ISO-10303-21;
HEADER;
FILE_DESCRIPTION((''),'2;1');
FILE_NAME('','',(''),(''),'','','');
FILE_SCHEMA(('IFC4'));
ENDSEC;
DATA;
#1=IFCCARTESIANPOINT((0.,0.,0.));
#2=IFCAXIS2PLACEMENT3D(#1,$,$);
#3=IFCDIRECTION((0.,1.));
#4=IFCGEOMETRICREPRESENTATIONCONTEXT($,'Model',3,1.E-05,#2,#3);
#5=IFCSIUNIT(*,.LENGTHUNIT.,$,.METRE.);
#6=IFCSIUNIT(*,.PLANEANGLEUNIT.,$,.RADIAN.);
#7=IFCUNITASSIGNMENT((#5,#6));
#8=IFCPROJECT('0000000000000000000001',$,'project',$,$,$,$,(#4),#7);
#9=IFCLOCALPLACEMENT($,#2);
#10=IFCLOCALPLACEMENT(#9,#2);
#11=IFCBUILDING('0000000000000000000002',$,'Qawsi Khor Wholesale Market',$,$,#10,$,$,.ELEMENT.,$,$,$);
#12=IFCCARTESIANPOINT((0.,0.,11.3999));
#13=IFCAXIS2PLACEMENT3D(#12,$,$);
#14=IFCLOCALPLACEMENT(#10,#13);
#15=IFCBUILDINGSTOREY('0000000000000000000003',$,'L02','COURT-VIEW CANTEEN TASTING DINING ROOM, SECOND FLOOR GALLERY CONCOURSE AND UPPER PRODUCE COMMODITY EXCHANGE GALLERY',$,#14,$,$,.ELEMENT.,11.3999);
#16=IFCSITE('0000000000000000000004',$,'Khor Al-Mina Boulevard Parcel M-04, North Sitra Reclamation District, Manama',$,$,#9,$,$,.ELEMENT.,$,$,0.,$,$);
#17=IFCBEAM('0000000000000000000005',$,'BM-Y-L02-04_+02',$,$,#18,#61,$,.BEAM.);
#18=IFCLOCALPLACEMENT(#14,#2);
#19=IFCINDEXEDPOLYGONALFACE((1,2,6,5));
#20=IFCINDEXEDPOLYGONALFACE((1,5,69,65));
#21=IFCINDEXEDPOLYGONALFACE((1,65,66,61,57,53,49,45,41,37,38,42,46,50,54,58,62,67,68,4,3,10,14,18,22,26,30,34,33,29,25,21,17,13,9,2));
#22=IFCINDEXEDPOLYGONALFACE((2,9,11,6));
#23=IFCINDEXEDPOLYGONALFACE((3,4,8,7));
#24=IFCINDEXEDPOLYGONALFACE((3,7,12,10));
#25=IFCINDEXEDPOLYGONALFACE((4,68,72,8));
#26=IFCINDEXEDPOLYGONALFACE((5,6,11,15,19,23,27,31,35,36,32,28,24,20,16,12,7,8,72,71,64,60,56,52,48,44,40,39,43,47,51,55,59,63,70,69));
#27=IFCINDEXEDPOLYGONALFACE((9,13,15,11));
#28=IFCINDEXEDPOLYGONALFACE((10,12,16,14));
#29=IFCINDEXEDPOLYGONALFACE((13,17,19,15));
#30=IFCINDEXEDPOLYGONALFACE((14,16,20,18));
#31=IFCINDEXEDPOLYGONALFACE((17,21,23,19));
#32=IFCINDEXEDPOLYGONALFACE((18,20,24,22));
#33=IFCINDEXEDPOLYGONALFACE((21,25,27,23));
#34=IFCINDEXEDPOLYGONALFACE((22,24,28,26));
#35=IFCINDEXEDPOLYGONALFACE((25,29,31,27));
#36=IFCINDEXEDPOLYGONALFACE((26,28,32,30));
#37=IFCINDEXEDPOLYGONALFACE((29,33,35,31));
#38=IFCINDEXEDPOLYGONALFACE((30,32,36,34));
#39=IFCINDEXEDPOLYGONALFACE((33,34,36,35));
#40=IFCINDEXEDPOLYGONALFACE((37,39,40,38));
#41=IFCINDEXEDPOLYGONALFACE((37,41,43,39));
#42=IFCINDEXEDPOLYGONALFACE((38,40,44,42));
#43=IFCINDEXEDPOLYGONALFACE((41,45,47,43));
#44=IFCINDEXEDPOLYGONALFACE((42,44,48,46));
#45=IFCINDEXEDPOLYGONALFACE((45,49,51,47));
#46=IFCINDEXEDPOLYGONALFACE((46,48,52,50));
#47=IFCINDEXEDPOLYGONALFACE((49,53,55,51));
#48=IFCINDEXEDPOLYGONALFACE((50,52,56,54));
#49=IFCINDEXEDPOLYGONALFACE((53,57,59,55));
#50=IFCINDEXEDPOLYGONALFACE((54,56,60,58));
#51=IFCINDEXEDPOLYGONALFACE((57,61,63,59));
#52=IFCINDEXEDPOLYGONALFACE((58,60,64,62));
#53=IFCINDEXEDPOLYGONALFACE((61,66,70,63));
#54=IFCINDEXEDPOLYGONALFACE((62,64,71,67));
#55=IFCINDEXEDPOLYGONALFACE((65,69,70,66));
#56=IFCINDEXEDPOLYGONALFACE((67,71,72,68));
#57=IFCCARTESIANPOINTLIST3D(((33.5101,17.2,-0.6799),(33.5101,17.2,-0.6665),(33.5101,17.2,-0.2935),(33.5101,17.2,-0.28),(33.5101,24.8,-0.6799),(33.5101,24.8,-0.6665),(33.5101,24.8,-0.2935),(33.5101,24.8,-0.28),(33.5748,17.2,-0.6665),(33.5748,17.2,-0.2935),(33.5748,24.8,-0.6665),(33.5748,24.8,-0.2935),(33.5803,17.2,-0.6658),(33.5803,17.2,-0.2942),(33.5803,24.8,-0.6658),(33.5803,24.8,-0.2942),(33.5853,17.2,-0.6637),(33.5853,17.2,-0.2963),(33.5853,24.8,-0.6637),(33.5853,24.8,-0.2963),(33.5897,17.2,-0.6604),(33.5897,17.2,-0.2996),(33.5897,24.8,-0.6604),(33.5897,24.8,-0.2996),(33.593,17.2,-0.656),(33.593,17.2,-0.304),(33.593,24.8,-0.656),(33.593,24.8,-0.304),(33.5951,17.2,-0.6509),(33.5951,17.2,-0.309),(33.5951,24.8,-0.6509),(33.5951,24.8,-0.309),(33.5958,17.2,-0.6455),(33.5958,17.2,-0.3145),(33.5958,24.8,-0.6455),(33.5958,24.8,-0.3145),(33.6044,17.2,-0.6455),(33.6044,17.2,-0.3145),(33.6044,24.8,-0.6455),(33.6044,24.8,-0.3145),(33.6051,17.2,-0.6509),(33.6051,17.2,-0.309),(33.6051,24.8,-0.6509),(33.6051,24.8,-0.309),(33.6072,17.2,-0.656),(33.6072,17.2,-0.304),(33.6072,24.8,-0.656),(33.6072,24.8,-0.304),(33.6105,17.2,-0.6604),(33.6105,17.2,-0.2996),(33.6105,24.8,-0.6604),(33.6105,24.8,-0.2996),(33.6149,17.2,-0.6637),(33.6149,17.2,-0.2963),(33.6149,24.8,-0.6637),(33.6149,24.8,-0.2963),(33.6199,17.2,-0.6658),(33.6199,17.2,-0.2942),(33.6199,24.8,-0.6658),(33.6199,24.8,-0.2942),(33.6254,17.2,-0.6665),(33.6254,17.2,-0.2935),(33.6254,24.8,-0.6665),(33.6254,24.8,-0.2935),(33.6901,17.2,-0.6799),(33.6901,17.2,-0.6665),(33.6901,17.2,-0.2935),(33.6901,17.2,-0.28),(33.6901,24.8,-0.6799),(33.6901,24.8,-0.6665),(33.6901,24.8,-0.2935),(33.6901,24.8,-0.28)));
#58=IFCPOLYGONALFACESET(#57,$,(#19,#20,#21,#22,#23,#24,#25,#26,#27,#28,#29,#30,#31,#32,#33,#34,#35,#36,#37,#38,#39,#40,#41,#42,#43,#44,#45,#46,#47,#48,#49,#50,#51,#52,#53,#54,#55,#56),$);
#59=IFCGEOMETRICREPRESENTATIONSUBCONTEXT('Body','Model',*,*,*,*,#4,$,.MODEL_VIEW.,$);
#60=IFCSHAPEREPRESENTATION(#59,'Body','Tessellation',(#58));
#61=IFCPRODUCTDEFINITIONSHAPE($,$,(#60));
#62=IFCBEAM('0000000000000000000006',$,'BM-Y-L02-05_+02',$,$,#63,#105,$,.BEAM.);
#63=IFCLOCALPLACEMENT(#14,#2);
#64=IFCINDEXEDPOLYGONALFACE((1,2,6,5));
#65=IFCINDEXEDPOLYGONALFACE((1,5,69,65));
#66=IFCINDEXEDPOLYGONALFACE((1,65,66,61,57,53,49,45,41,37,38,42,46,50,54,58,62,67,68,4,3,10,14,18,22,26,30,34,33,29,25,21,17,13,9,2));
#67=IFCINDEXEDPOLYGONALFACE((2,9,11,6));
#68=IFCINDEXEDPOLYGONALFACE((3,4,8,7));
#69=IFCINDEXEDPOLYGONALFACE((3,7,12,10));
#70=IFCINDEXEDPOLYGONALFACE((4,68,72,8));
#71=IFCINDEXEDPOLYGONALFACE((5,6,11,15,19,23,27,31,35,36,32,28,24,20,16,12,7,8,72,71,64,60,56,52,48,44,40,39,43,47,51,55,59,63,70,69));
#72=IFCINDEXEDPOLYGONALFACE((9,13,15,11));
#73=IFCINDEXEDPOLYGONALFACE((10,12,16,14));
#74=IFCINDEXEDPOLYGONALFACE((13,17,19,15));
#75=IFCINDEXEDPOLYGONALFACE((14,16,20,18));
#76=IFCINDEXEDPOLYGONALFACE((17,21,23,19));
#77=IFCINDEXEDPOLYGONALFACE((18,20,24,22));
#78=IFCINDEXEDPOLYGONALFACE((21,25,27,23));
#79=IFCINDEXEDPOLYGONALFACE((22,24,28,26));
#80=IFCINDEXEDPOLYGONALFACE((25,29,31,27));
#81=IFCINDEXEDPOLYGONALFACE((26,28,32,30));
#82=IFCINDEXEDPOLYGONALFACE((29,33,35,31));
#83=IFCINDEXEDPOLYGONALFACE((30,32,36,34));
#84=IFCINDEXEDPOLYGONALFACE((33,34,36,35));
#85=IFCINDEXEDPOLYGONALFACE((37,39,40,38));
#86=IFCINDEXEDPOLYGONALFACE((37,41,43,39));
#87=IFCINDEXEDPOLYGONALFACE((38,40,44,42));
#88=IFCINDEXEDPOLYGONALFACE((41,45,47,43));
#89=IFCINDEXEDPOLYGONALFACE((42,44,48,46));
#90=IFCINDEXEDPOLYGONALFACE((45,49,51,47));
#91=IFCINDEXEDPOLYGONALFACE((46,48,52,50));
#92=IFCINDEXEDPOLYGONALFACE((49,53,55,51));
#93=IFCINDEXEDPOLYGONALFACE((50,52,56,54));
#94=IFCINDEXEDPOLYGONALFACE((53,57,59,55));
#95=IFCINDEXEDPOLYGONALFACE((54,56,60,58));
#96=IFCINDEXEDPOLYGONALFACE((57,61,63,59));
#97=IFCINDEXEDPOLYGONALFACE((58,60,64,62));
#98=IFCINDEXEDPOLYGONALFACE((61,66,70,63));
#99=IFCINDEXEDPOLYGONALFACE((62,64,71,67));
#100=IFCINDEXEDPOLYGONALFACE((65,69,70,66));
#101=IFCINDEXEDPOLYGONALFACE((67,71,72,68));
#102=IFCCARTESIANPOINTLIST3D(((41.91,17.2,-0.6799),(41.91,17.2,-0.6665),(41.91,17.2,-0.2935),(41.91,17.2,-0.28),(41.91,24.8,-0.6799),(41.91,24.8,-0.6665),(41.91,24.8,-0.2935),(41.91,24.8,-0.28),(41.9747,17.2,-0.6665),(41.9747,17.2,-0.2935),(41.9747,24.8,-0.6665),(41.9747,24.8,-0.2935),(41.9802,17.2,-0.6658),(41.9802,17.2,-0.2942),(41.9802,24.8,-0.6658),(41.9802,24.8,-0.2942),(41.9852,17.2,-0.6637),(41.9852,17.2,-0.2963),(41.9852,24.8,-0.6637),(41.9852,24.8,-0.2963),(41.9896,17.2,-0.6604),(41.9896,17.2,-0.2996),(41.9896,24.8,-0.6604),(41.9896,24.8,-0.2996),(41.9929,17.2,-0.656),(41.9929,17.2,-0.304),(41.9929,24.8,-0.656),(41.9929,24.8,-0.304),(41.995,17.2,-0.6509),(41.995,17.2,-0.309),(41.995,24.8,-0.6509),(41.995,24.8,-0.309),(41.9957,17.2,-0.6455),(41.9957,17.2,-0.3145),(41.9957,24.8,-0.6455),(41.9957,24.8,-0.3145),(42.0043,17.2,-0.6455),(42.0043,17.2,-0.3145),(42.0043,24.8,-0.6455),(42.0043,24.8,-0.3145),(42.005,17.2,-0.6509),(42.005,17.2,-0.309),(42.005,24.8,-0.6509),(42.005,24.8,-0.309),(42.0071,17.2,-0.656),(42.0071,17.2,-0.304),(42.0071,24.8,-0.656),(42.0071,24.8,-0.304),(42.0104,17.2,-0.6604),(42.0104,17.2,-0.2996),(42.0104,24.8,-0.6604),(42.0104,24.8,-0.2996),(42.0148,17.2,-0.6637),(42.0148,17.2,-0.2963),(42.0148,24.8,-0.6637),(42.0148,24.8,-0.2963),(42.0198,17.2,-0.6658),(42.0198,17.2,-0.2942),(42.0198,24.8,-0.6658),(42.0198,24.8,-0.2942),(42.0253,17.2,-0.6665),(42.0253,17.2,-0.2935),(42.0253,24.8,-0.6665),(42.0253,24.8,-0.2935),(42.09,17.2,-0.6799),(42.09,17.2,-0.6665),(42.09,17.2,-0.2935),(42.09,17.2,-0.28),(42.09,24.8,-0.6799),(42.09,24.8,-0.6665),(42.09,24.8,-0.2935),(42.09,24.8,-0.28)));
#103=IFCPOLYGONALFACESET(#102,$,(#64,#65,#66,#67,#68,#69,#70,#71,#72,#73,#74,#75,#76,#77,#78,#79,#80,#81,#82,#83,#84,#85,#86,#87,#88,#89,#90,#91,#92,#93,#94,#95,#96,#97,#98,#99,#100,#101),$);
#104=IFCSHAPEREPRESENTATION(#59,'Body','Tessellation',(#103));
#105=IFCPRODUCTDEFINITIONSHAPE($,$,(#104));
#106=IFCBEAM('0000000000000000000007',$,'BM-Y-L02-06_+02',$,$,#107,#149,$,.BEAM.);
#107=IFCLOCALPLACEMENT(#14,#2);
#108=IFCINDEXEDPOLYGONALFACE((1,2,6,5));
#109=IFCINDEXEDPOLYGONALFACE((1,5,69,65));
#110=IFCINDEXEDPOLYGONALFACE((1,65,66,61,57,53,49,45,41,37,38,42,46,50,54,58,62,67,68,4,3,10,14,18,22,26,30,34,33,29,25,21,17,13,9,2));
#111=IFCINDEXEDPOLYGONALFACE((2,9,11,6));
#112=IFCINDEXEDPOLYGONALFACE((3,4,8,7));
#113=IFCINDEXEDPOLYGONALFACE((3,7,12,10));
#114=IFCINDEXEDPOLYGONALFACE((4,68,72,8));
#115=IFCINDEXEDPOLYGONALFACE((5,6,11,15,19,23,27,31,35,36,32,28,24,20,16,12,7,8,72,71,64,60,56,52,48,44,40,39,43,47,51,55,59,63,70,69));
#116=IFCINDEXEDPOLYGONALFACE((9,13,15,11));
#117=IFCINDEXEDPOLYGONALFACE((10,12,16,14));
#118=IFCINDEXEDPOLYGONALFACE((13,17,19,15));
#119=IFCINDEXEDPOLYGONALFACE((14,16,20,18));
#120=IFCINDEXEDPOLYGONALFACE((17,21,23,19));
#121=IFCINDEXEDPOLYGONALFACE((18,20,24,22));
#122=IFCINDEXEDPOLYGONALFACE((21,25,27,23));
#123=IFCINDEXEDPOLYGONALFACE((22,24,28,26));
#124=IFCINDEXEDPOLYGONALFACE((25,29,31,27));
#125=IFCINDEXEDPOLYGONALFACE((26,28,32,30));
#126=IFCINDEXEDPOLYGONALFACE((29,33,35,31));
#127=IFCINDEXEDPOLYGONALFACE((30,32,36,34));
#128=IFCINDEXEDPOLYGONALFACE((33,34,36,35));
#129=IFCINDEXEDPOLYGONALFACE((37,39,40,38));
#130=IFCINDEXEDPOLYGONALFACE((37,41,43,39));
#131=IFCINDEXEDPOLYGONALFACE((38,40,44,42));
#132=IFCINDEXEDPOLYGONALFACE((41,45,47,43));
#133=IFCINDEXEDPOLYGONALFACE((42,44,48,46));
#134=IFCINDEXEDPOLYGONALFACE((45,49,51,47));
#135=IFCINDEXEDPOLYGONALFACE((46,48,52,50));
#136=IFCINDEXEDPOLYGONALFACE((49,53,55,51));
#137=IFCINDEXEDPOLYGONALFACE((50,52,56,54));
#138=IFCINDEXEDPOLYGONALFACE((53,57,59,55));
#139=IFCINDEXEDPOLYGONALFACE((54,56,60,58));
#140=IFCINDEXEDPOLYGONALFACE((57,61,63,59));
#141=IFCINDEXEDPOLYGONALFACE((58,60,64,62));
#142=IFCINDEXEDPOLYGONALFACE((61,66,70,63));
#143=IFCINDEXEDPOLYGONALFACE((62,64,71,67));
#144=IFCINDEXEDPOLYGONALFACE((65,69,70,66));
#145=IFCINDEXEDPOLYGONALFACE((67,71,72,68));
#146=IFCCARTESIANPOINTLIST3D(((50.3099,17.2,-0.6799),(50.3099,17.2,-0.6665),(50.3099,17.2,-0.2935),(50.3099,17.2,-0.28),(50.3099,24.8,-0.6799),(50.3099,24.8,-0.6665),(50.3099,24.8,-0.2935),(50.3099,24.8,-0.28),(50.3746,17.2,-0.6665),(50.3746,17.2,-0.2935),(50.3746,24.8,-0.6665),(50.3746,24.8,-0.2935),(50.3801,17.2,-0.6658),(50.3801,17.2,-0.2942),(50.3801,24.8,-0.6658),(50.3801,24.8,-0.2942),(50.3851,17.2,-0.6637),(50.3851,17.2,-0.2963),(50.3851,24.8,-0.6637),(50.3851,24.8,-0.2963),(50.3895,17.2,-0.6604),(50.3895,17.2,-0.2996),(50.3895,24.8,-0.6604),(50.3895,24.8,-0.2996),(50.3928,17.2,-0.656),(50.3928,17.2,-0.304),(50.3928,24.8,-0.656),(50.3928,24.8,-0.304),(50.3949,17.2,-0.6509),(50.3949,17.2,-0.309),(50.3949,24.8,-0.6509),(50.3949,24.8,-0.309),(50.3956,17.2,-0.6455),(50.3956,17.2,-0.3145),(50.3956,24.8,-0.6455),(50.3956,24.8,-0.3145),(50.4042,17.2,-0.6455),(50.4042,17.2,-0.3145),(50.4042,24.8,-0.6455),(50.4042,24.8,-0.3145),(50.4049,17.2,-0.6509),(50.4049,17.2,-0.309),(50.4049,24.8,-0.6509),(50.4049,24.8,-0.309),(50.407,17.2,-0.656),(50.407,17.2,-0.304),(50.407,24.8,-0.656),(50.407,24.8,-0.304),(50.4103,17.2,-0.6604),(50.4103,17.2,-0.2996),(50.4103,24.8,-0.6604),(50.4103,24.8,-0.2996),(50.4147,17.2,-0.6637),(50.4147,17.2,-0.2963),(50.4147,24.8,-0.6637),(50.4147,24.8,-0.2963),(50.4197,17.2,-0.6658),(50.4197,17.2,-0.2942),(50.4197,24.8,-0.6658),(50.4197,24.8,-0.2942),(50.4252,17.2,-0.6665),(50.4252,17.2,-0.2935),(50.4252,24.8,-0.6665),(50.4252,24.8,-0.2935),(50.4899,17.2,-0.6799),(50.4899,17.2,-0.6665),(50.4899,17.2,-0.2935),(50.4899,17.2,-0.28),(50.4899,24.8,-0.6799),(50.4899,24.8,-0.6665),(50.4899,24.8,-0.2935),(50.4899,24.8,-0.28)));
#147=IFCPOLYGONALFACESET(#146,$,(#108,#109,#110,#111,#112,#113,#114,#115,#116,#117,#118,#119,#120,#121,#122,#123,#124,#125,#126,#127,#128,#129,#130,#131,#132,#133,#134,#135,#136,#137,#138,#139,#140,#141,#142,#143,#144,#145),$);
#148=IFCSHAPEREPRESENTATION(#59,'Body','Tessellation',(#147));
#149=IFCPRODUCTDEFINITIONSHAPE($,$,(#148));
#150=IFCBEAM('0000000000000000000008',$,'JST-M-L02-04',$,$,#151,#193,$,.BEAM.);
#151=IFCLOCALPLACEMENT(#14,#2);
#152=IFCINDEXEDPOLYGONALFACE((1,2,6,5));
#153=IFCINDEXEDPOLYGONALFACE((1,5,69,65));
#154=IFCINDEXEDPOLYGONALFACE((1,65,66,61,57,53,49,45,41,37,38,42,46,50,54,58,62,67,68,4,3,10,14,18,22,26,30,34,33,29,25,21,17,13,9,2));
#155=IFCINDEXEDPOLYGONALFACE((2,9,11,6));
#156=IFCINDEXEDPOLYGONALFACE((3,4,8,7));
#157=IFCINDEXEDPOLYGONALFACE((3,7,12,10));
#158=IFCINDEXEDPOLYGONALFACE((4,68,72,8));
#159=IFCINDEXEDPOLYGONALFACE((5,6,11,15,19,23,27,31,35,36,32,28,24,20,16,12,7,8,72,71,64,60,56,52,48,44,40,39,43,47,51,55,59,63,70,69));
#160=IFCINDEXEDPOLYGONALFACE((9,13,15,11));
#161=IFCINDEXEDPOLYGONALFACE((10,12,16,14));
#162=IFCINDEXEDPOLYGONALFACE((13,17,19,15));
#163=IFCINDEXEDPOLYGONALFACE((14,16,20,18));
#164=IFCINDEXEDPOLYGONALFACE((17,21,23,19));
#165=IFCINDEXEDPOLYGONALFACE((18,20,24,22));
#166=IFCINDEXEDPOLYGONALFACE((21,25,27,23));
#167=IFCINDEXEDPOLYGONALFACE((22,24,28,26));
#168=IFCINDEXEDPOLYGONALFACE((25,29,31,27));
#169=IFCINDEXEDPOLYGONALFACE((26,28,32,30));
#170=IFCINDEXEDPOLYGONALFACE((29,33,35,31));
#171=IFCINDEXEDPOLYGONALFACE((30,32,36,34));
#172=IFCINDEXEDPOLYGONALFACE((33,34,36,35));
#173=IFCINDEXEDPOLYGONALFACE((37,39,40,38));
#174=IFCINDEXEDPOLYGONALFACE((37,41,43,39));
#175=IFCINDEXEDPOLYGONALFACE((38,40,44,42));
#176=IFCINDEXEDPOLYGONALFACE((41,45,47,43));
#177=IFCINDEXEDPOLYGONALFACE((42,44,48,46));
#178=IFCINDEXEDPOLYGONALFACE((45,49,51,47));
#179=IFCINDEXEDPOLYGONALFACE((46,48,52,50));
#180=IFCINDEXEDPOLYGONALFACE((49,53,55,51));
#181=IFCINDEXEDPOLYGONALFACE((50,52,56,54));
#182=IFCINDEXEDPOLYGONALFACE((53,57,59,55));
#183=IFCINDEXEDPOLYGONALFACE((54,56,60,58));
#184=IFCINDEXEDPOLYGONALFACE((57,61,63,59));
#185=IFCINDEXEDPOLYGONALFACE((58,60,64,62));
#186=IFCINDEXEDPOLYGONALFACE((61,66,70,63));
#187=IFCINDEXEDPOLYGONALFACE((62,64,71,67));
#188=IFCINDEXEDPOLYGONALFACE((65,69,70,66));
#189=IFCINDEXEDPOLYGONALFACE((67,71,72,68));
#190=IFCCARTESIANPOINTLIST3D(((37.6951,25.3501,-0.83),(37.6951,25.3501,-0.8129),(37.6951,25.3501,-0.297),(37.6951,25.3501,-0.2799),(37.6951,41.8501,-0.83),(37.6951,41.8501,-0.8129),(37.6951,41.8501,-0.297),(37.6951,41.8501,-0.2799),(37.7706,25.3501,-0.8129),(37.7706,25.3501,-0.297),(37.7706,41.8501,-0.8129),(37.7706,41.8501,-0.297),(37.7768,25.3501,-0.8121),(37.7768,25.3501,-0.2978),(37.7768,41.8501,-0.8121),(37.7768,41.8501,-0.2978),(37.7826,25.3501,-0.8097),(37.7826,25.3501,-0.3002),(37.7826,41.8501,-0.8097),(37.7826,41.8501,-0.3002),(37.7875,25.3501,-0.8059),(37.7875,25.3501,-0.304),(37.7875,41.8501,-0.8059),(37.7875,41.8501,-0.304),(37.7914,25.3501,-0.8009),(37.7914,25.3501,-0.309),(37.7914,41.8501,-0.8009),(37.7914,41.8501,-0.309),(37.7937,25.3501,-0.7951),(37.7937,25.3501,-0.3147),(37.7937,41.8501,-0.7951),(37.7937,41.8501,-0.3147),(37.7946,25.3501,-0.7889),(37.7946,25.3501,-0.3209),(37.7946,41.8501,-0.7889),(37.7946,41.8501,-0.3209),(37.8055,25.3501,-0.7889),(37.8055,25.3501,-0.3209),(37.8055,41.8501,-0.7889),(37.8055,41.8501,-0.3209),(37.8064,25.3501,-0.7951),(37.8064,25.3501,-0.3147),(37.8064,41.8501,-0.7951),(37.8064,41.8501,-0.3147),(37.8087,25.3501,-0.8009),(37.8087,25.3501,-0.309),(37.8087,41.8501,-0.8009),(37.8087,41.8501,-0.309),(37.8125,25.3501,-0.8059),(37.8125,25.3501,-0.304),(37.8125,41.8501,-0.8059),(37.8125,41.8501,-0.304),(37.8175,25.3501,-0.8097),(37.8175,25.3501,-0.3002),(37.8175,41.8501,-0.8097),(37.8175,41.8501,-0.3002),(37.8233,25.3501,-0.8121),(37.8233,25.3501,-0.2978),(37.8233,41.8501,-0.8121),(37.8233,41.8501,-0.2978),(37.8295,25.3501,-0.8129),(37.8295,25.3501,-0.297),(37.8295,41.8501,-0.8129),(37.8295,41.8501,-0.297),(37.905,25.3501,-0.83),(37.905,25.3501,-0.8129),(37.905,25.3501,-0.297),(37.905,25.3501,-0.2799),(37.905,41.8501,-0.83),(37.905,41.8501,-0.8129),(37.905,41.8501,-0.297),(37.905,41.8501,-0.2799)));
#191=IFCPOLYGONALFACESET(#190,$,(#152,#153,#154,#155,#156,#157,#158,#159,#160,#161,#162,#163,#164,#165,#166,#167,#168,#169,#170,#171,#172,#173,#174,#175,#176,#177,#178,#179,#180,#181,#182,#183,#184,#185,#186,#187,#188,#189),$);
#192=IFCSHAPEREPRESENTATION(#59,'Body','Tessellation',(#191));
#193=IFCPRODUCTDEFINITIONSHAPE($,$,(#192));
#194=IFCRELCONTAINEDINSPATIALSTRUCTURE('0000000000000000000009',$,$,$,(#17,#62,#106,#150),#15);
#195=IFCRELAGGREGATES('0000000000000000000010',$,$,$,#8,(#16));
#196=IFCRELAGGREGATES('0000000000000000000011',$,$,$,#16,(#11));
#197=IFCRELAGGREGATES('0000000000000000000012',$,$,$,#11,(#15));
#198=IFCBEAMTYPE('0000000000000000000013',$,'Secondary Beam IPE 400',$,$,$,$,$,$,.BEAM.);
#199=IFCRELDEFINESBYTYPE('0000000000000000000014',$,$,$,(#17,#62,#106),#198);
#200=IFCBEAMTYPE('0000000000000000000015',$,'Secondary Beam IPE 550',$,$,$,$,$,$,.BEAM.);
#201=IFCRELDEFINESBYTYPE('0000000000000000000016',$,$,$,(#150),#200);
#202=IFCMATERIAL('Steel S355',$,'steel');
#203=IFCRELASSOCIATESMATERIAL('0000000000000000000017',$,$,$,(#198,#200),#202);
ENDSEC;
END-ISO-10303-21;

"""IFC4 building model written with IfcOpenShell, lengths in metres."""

from ifc_helpers import new_model, si_unit, direction, frame, origin, origin_2d, place, context, subcontext, project, spatial, i_section, extrude, material, material_profile, profile_set, type_object, element, save


model = new_model("IFC4")

# Units and contexts
model_context = context("Model", 3, precision=1e-05, world=origin(), true_north=direction((0.0, 1.0)))
body_context = subcontext(model_context, "Body", "Model", "MODEL_VIEW")
ifc_project = project(units=[si_unit("LENGTHUNIT", "METRE"), si_unit("PLANEANGLEUNIT", "RADIAN")], contexts=[model_context])

# Site, building, storey
site_placement = place(None, origin())
site = spatial("IfcSite", under=ifc_project, at=site_placement, Name="Khor Al-Mina Boulevard Parcel M-04, North Sitra Reclamation District, Manama", CompositionType="ELEMENT", RefElevation=0.0)
building_placement = place(site_placement, origin())
building = spatial("IfcBuilding", under=site, at=building_placement, Name="Qawsi Khor Wholesale Market", CompositionType="ELEMENT")
storey_placement = place(building_placement, frame((0.0, 0.0, 11.3999)))
storey = spatial("IfcBuildingStorey", under=building, at=storey_placement, Name="L02", Description="COURT-VIEW CANTEEN TASTING DINING ROOM, SECOND FLOOR GALLERY CONCOURSE AND UPPER PRODUCE COMMODITY EXCHANGE GALLERY", CompositionType="ELEMENT", Elevation=11.3999)

# Beams
ifc_material_1 = material(Name="Steel S355", Category="steel")
ifc_material_profile_1 = material_profile(ifc_material_1, i_section(OverallWidth=0.1799, OverallDepth=0.3999, WebThickness=0.0085, FlangeThickness=0.0134, FilletRadius=0.021, at=origin_2d()), Name="IPE 400")
ifc_profile_set_1 = profile_set([ifc_material_profile_1], Name="Steel S355")
beam_type_1 = type_object("IfcBeamType", Name="Secondary Beam IPE 400", PredefinedType="BEAM", material=ifc_profile_set_1)
for number, where, z_axis, x_axis, name in (
    (1, (33.6001, 17.2, -0.48), (0.0, 1.0, 0.0), (-1.0, 0.0, 0.0), "BM-Y-L02-04_+02"),
    (2, (42.0, 17.2, -0.48), (0.0, 1.0, 0.0), (-1.0, 0.0, 0.0), "BM-Y-L02-05_+02"),
    (3, (50.3999, 17.2, -0.48), (0.0, 1.0, 0.0), (-1.0, 0.0, 0.0), "BM-Y-L02-06_+02"),
):
    element("IfcBeam", number, at=place(storey_placement, frame(where, z_axis=z_axis, x_axis=x_axis)), inside=storey, type_object=beam_type_1, Name=name, PredefinedType="BEAM", context=body_context, shape_type="SweptSolid", body=[
        extrude(i_section(OverallWidth=0.1799, OverallDepth=0.3999, WebThickness=0.0085, FlangeThickness=0.0134, FilletRadius=0.021, at=origin_2d()), origin(), (0.0, 0.0, 1.0), 7.6001),
    ])
ifc_material_profile_2 = material_profile(ifc_material_1, i_section(OverallWidth=0.21, OverallDepth=0.55, WebThickness=0.011, FlangeThickness=0.0171, FilletRadius=0.0239, at=origin_2d()), Name="IPE 550")
ifc_profile_set_2 = profile_set([ifc_material_profile_2], Name="Steel S355")
beam_type_2 = type_object("IfcBeamType", Name="Secondary Beam IPE 550", PredefinedType="BEAM", material=ifc_profile_set_2)
beam_placement = place(storey_placement, frame((37.8, 25.3501, -0.5549), z_axis=(0.0, 1.0, 0.0), x_axis=(-1.0, 0.0, 0.0)))
element("IfcBeam", 4, at=beam_placement, inside=storey, type_object=beam_type_2, Name="JST-M-L02-04", PredefinedType="BEAM", context=body_context, shape_type="SweptSolid", body=[
    extrude(i_section(OverallWidth=0.21, OverallDepth=0.55, WebThickness=0.011, FlangeThickness=0.0171, FilletRadius=0.0239, at=origin_2d()), origin(), (0.0, 0.0, 1.0), 16.5),
])

save(model, "model.ifc")
